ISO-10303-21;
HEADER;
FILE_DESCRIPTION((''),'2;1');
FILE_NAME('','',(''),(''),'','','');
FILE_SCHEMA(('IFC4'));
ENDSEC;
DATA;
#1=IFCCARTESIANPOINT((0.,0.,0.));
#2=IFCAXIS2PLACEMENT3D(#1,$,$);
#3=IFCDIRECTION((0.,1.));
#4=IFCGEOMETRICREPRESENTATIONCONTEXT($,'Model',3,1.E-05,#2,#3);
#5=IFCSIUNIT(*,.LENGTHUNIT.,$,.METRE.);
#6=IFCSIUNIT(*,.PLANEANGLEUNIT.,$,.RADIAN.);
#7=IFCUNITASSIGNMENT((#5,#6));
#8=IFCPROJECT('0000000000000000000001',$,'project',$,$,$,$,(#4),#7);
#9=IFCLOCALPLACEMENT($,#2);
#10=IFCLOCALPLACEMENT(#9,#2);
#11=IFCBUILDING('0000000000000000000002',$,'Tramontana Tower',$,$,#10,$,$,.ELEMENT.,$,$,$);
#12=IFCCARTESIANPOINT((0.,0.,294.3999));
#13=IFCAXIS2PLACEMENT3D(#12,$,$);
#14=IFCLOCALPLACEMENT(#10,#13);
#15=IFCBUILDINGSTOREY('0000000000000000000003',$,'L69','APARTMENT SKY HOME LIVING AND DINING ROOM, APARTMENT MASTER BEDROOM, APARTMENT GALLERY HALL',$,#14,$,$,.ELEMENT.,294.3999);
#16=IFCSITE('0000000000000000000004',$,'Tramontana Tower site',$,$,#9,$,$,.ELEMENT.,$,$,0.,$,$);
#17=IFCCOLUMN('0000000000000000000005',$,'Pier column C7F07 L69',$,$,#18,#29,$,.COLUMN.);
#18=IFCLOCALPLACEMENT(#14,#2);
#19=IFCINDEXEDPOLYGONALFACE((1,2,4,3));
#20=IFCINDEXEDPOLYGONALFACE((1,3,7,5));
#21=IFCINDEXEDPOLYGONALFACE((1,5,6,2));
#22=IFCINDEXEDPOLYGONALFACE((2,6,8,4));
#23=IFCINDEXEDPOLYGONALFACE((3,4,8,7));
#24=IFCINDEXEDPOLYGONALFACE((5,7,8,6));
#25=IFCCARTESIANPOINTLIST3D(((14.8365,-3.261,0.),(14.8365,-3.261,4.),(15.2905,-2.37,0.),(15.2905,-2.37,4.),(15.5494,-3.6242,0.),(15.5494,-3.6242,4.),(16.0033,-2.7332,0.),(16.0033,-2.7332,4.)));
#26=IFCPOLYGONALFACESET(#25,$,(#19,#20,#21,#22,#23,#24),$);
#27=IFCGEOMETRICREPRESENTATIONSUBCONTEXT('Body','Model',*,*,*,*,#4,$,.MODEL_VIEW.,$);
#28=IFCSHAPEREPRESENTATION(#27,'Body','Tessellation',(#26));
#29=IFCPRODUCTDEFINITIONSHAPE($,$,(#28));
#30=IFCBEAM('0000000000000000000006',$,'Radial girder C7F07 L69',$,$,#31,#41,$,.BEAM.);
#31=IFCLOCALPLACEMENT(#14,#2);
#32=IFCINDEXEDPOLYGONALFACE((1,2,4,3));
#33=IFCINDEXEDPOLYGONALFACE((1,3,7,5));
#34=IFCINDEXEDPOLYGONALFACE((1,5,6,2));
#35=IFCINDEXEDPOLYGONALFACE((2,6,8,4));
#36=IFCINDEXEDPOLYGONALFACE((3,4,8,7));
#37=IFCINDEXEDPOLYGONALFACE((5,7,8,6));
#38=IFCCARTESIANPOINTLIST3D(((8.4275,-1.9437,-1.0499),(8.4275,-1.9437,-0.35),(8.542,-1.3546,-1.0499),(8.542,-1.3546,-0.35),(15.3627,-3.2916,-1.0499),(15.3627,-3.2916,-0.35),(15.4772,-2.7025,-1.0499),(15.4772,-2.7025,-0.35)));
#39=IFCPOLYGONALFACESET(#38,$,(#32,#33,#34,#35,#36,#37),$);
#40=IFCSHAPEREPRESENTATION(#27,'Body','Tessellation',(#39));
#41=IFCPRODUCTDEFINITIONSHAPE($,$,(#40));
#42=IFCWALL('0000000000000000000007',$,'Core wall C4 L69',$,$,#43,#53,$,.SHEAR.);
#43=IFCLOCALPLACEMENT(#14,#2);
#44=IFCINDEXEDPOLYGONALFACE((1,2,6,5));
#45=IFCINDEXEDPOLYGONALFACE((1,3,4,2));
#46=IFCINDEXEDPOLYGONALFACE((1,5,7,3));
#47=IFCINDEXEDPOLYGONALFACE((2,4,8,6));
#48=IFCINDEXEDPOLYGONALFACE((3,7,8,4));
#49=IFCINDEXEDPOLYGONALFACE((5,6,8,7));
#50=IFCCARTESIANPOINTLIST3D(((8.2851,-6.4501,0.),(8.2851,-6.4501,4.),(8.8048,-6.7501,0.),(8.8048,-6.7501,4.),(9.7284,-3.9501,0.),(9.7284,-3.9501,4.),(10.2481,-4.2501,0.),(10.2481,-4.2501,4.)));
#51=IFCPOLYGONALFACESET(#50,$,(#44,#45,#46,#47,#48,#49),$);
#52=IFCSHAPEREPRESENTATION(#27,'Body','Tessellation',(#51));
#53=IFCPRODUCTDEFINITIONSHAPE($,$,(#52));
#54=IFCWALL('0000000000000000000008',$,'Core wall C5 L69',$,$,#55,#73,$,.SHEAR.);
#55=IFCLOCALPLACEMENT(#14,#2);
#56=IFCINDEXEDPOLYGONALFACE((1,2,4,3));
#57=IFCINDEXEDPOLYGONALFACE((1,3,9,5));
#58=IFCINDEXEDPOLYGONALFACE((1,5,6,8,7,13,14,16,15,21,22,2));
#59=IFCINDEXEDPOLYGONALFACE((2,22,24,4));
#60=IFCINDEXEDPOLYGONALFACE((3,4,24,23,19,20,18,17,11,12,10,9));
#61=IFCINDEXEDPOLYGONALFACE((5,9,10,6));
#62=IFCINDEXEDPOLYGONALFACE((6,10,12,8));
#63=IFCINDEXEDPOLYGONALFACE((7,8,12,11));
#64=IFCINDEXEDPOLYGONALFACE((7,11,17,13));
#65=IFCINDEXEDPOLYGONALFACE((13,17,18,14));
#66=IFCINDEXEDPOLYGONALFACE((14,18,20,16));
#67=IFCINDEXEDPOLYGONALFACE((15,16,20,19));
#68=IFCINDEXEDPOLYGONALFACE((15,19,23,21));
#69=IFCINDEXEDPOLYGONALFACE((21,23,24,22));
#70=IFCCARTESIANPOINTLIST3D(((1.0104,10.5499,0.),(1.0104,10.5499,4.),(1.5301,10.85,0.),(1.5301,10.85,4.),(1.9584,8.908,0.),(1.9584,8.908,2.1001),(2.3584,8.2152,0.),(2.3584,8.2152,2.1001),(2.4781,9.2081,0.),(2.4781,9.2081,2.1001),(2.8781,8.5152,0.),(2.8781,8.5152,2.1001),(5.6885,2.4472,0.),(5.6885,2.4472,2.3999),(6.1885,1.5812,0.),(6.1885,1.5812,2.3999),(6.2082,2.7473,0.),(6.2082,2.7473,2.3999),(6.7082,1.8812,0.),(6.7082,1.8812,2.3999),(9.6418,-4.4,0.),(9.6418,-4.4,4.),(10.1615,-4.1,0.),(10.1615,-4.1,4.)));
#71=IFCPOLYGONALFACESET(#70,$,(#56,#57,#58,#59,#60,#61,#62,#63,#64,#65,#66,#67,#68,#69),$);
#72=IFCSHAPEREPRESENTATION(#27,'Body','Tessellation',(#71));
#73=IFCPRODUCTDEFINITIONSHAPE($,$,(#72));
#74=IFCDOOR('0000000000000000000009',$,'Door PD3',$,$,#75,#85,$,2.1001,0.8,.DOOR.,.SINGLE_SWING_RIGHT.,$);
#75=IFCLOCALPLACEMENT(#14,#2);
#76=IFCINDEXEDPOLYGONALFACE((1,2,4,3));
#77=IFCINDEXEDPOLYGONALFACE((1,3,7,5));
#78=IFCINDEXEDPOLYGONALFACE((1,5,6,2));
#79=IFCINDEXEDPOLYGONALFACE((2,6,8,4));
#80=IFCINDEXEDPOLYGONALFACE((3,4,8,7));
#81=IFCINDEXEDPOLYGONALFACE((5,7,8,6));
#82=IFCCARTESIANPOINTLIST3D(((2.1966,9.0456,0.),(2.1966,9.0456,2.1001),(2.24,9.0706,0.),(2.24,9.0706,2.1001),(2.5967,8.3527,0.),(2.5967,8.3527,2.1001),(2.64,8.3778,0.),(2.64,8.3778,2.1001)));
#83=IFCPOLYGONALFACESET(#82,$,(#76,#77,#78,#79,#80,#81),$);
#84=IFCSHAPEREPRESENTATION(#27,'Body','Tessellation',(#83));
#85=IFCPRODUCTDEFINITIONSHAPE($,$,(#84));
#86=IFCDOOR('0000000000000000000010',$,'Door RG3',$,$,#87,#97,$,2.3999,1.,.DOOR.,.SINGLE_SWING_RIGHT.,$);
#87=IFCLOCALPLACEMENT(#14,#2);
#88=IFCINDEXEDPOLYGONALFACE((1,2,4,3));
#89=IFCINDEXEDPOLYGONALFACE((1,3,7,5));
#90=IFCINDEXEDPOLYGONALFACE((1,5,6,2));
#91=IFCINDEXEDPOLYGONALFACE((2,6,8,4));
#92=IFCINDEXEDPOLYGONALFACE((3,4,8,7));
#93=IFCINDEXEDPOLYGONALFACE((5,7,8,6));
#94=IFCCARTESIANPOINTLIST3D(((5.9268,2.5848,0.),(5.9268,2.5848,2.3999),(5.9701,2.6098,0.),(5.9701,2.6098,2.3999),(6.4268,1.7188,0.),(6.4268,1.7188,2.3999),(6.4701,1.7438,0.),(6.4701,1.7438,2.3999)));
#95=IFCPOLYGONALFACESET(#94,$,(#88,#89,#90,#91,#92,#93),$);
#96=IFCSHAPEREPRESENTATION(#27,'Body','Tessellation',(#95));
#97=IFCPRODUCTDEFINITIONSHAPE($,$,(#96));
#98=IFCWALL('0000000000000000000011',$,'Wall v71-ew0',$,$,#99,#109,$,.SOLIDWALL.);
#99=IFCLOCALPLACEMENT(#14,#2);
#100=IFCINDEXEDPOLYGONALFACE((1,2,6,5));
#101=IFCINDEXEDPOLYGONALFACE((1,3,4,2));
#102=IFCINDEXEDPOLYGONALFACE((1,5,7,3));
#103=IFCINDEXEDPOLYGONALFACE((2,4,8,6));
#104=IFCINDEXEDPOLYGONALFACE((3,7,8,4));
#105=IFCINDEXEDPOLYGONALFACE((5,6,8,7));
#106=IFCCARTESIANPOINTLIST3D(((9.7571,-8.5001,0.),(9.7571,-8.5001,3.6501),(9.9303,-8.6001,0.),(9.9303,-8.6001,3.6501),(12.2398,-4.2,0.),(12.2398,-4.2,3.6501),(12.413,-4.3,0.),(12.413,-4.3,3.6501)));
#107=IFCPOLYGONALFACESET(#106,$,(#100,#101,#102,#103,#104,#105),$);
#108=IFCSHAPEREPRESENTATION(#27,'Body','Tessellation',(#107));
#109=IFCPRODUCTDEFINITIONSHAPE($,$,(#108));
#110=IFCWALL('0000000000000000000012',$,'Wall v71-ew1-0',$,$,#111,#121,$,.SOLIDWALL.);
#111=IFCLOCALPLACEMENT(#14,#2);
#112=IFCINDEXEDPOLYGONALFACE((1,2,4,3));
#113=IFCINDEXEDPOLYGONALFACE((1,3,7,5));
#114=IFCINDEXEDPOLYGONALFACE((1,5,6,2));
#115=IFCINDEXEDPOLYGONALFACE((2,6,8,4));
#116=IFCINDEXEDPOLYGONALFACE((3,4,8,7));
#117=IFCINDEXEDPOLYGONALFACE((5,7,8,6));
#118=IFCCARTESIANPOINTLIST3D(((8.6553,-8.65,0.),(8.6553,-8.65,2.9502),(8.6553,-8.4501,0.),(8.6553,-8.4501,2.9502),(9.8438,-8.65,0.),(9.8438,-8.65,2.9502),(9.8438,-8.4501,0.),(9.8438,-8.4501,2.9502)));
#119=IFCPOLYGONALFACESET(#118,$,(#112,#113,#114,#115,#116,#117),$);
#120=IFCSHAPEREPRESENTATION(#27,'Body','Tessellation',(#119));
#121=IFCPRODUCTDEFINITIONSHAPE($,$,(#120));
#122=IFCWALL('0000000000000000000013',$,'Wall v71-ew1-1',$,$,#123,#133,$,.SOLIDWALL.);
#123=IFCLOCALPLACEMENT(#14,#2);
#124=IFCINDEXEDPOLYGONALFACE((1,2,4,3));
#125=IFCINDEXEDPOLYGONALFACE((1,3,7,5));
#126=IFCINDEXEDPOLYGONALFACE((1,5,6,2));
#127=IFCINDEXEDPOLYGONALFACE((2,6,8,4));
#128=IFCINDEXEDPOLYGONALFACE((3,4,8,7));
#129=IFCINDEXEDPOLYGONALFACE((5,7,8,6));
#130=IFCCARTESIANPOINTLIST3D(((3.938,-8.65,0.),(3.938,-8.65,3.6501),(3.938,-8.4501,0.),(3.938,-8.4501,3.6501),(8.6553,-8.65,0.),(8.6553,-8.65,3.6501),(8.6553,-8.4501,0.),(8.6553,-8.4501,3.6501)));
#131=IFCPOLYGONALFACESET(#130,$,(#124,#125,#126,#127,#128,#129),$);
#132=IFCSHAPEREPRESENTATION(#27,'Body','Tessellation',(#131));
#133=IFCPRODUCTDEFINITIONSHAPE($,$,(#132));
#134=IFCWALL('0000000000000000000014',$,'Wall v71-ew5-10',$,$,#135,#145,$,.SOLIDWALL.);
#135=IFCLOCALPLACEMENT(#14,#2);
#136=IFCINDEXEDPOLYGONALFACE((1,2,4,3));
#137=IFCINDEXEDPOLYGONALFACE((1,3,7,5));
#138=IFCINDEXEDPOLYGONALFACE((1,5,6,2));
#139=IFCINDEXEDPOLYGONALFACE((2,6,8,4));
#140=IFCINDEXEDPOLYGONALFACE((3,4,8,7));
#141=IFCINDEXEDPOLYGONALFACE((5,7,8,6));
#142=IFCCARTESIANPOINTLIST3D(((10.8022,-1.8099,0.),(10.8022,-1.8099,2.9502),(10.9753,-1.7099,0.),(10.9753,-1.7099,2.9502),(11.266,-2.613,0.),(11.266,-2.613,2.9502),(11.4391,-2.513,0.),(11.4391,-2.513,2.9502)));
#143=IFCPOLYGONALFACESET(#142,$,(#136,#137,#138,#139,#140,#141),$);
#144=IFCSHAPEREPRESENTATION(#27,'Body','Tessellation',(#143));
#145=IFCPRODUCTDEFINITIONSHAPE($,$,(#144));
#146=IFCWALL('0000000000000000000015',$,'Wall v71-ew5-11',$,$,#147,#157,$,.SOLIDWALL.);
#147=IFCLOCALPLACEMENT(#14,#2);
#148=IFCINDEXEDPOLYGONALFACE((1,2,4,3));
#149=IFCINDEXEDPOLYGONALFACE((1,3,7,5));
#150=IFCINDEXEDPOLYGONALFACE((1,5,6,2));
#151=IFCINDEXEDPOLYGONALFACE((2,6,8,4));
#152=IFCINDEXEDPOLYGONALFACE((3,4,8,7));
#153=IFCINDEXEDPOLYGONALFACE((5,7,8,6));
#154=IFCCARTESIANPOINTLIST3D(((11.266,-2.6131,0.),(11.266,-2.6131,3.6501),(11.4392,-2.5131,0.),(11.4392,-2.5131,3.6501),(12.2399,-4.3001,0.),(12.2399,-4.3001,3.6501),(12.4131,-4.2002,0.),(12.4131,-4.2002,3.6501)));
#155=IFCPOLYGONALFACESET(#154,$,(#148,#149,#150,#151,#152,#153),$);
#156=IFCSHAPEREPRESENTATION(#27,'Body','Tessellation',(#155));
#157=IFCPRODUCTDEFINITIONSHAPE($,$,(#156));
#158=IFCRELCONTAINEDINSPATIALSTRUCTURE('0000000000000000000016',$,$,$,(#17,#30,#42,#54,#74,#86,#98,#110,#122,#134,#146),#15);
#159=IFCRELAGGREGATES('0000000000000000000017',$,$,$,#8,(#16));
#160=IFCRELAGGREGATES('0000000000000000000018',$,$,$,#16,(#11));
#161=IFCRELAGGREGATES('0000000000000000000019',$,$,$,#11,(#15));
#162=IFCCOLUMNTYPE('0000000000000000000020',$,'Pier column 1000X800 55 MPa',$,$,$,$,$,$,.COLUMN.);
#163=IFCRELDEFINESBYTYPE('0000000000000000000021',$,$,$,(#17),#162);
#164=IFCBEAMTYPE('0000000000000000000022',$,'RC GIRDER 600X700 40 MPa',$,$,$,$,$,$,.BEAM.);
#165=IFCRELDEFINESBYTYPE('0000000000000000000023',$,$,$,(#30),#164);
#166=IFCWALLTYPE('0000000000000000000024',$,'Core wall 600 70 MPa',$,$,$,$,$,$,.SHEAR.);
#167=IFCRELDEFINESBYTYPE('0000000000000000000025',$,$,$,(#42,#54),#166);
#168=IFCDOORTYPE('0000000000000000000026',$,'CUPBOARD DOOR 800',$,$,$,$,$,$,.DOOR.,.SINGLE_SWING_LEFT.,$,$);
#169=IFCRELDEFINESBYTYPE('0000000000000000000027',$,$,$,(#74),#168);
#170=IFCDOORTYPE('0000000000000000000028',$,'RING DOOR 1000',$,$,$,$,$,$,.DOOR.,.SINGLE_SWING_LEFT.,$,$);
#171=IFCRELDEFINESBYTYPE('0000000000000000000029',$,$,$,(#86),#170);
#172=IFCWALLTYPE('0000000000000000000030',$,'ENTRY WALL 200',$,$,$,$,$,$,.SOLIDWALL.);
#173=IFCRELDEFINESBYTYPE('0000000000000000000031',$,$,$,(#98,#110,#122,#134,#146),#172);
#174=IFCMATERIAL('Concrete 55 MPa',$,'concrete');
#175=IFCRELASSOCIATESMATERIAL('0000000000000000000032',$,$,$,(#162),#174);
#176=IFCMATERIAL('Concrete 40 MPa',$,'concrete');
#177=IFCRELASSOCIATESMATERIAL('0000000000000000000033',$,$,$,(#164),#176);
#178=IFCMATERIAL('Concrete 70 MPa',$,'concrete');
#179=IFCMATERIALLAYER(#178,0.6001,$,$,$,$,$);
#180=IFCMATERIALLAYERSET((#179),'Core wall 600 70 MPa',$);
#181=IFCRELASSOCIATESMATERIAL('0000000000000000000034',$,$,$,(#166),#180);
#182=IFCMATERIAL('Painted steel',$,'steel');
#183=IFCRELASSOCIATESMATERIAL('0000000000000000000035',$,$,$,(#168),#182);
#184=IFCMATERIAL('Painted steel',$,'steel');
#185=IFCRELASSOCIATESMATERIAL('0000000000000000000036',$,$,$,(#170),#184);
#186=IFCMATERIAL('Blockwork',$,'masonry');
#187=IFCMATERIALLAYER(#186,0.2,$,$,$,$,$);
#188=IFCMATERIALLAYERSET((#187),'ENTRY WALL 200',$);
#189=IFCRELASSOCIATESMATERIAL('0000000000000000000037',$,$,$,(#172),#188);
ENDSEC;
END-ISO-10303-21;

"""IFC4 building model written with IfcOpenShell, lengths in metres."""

from ifc_helpers import new_model, si_unit, direction, frame, frame_2d, origin, origin_2d, place, context, subcontext, project, spatial, rectangle, extrude, material, layer, layer_set, material_profile, profile_set, type_object, element, fill, save


model = new_model("IFC4")

# Units and contexts
model_context = context("Model", 3, precision=1e-05, world=origin(), true_north=direction((0.0, 1.0)))
body_context = subcontext(model_context, "Body", "Model", "MODEL_VIEW")
ifc_project = project(units=[si_unit("LENGTHUNIT", "METRE"), si_unit("PLANEANGLEUNIT", "RADIAN")], contexts=[model_context])

# Site, building, storey
site_placement = place(None, origin())
site = spatial("IfcSite", under=ifc_project, at=site_placement, Name="Tramontana Tower site", CompositionType="ELEMENT", RefElevation=0.0)
building_placement = place(site_placement, origin())
building = spatial("IfcBuilding", under=site, at=building_placement, Name="Tramontana Tower", CompositionType="ELEMENT")
storey_placement = place(building_placement, frame((0.0, 0.0, 294.3999)))
storey = spatial("IfcBuildingStorey", under=building, at=storey_placement, Name="L69", Description="APARTMENT SKY HOME LIVING AND DINING ROOM, APARTMENT MASTER BEDROOM, APARTMENT GALLERY HALL", CompositionType="ELEMENT", Elevation=294.3999)

# Column
ifc_material_1 = material(Name="Concrete 55 MPa", Category="concrete")
ifc_material_profile_1 = material_profile(ifc_material_1, rectangle(XDim=1.0, YDim=0.8, at=origin_2d()), Name="Pier column 1000X800 55 MPa")
ifc_profile_set_1 = profile_set([ifc_material_profile_1], Name="Concrete 55 MPa")
column_type = type_object("IfcColumnType", Name="Pier column 1000X800 55 MPa", PredefinedType="COLUMN", material=ifc_profile_set_1)
column_placement = place(storey_placement, frame((15.4199, -2.9971, 0.0), z_axis=(0.0, 0.0, 1.0), x_axis=(0.45399, 0.891007, 0.0)))
element("IfcColumn", 1, at=column_placement, inside=storey, type_object=column_type, Name="Pier column C7F07 L69", PredefinedType="COLUMN", context=body_context, shape_type="SweptSolid", body=[
    extrude(rectangle(XDim=1.0, YDim=0.8, at=origin_2d()), origin(), (0.0, 0.0, 1.0), 4.0),
])

# Beam
ifc_material_2 = material(Name="Concrete 40 MPa", Category="concrete")
ifc_material_profile_2 = material_profile(ifc_material_2, rectangle(XDim=0.6001, YDim=0.7, at=origin_2d()), Name="RC GIRDER 600X700 40 MPa")
ifc_profile_set_2 = profile_set([ifc_material_profile_2], Name="Concrete 40 MPa")
beam_type = type_object("IfcBeamType", Name="RC GIRDER 600X700 40 MPa", PredefinedType="BEAM", material=ifc_profile_set_2)
beam_placement = place(storey_placement, frame((15.4199, -2.9971, -0.7), z_axis=(-0.981631, 0.19079, 0.0), x_axis=(-0.19079, -0.981631, 0.0)))
element("IfcBeam", 2, at=beam_placement, inside=storey, type_object=beam_type, Name="Radial girder C7F07 L69", PredefinedType="BEAM", context=body_context, shape_type="SweptSolid", body=[
    extrude(rectangle(XDim=0.6001, YDim=0.7, at=origin_2d()), origin(), (0.0, 0.0, 1.0), 7.0649),
])

# Wall
ifc_material_3 = material(Name="Concrete 70 MPa", Category="concrete")
ifc_layer_1 = layer(ifc_material_3, 0.6001)
ifc_layer_set_1 = layer_set([ifc_layer_1], Name="Core wall 600 70 MPa")
wall_type_1 = type_object("IfcWallType", Name="Core wall 600 70 MPa", PredefinedType="SHEAR", material=ifc_layer_set_1)
wall_1_placement = place(storey_placement, frame((8.5449, -6.6001, 0.0), z_axis=(0.0, 0.0, 1.0), x_axis=(0.499996, 0.866028, 0.0)))
element("IfcWall", 3, at=wall_1_placement, inside=storey, type_object=wall_type_1, Name="Core wall C4 L69", PredefinedType="SHEAR", context=body_context, shape_type="SweptSolid", body=[
    extrude(rectangle(XDim=2.8867, YDim=0.6001, at=frame_2d((1.4434, 0.0))), origin(), (0.0, 0.0, 1.0), 4.0),
])

# Wall, openings, doors
wall_2_placement = place(storey_placement, frame((9.9016, -4.25, 0.0), z_axis=(0.0, 0.0, 1.0), x_axis=(-0.5, 0.866026, 0.0)))
wall_2 = element("IfcWall", 4, at=wall_2_placement, inside=storey, type_object=wall_type_1, Name="Core wall C5 L69", PredefinedType="SHEAR", context=body_context, shape_type="SweptSolid", body=[
    extrude(rectangle(XDim=17.2627, YDim=0.6001, at=frame_2d((8.6313, 0.0))), origin(), (0.0, 0.0, 1.0), 4.0),
])
opening_1_placement = place(wall_2_placement, frame((6.9065, 0.0, 0.0)))
opening_1 = element("IfcOpeningElement", 5, at=opening_1_placement, cuts=wall_2, PredefinedType="OPENING", context=body_context, shape_type="SweptSolid", body=[
    extrude(rectangle(XDim=1.0, YDim=2.3999, at=frame_2d((0.5, 1.2))), frame((0.0, 0.3101, 0.0), z_axis=(0.0, -1.0, 0.0), x_axis=(1.0, 0.0, 0.0)), (0.0, 0.0, 1.0), 0.6201),
])
opening_2_placement = place(wall_2_placement, frame((14.5669, 0.0, 0.0)))
opening_2 = element("IfcOpeningElement", 6, at=opening_2_placement, cuts=wall_2, PredefinedType="OPENING", context=body_context, shape_type="SweptSolid", body=[
    extrude(rectangle(XDim=0.8, YDim=2.1001, at=frame_2d((0.3999, 1.05))), frame((0.0, 0.3101, 0.0), z_axis=(0.0, -1.0, 0.0), x_axis=(1.0, 0.0, 0.0)), (0.0, 0.0, 1.0), 0.6201),
])
ifc_material_4 = material(Name="Painted steel", Category="steel")
door_type_1 = type_object("IfcDoorType", Name="CUPBOARD DOOR 800", OperationType="SINGLE_SWING_LEFT", PredefinedType="DOOR", material=ifc_material_4)
door_1_placement = place(opening_2_placement, origin())
door_1 = element("IfcDoor", 7, at=door_1_placement, inside=storey, type_object=door_type_1, Name="Door PD3", OperationType="SINGLE_SWING_RIGHT", OverallHeight=2.1001, OverallWidth=0.8, PredefinedType="DOOR", context=body_context, shape_type="SweptSolid", body=[
    extrude(rectangle(XDim=0.8, YDim=2.1001, at=frame_2d((0.3999, 1.05))), frame((0.0, 0.0249, 0.0), z_axis=(0.0, -1.0, 0.0), x_axis=(1.0, 0.0, 0.0)), (0.0, 0.0, 1.0), 0.05),
])
fill(opening_2, door_1)
ifc_material_5 = material(Name="Painted steel", Category="steel")
door_type_2 = type_object("IfcDoorType", Name="RING DOOR 1000", OperationType="SINGLE_SWING_LEFT", PredefinedType="DOOR", material=ifc_material_5)
door_2_placement = place(opening_1_placement, origin())
door_2 = element("IfcDoor", 8, at=door_2_placement, inside=storey, type_object=door_type_2, Name="Door RG3", OperationType="SINGLE_SWING_RIGHT", OverallHeight=2.3999, OverallWidth=1.0, PredefinedType="DOOR", context=body_context, shape_type="SweptSolid", body=[
    extrude(rectangle(XDim=1.0, YDim=2.3999, at=frame_2d((0.5, 1.2))), frame((0.0, 0.0249, 0.0), z_axis=(0.0, -1.0, 0.0), x_axis=(1.0, 0.0, 0.0)), (0.0, 0.0, 1.0), 0.05),
])
fill(opening_1, door_2)

# Walls
ifc_material_6 = material(Name="Blockwork", Category="masonry")
ifc_layer_2 = layer(ifc_material_6, 0.2)
ifc_layer_set_2 = layer_set([ifc_layer_2], Name="ENTRY WALL 200")
wall_type_2 = type_object("IfcWallType", Name="ENTRY WALL 200", PredefinedType="SOLIDWALL", material=ifc_layer_set_2)
wall_3_placement = place(storey_placement, frame((12.3264, -4.25, 0.0), z_axis=(0.0, 0.0, 1.0), x_axis=(-0.500005, -0.866023, 0.0)))
element("IfcWall", 9, at=wall_3_placement, inside=storey, type_object=wall_type_2, Name="Wall v71-ew0", PredefinedType="SOLIDWALL", context=body_context, shape_type="SweptSolid", body=[
    extrude(rectangle(XDim=4.9653, YDim=0.2, at=frame_2d((2.4827, 0.0))), origin(), (0.0, 0.0, 1.0), 3.6501),
])
wall_4_placement = place(storey_placement, frame((9.8438, -8.55, 0.0), z_axis=(0.0, 0.0, 1.0), x_axis=(-1.0, 0.0, 0.0)))
element("IfcWall", 10, at=wall_4_placement, inside=storey, type_object=wall_type_2, Name="Wall v71-ew1-0", PredefinedType="SOLIDWALL", context=body_context, shape_type="SweptSolid", body=[
    extrude(rectangle(XDim=1.1885, YDim=0.2, at=frame_2d((0.5942, 0.0))), origin(), (0.0, 0.0, 1.0), 2.9502),
])
wall_5_placement = place(storey_placement, frame((8.6553, -8.55, 0.0), z_axis=(0.0, 0.0, 1.0), x_axis=(-1.0, 0.0, 0.0)))
element("IfcWall", 11, at=wall_5_placement, inside=storey, type_object=wall_type_2, Name="Wall v71-ew1-1", PredefinedType="SOLIDWALL", context=body_context, shape_type="SweptSolid", body=[
    extrude(rectangle(XDim=4.7173, YDim=0.2, at=frame_2d((2.3586, 0.0))), origin(), (0.0, 0.0, 1.0), 3.6501),
])
wall_6_placement = place(storey_placement, frame((10.8887, -1.7598, 0.0), z_axis=(0.0, 0.0, 1.0), x_axis=(0.500102, -0.865966, 0.0)))
element("IfcWall", 12, at=wall_6_placement, inside=storey, type_object=wall_type_2, Name="Wall v71-ew5-10", PredefinedType="SOLIDWALL", context=body_context, shape_type="SweptSolid", body=[
    extrude(rectangle(XDim=0.9275, YDim=0.2, at=frame_2d((0.4639, 0.0))), origin(), (0.0, 0.0, 1.0), 2.9502),
])
wall_7_placement = place(storey_placement, frame((11.3525, -2.563, 0.0), z_axis=(0.0, 0.0, 1.0), x_axis=(0.499954, -0.866052, 0.0)))
element("IfcWall", 13, at=wall_7_placement, inside=storey, type_object=wall_type_2, Name="Wall v71-ew5-11", PredefinedType="SOLIDWALL", context=body_context, shape_type="SweptSolid", body=[
    extrude(rectangle(XDim=1.948, YDim=0.2, at=frame_2d((0.9741, 0.0))), origin(), (0.0, 0.0, 1.0), 3.6501),
])

save(model, "model.ifc")
